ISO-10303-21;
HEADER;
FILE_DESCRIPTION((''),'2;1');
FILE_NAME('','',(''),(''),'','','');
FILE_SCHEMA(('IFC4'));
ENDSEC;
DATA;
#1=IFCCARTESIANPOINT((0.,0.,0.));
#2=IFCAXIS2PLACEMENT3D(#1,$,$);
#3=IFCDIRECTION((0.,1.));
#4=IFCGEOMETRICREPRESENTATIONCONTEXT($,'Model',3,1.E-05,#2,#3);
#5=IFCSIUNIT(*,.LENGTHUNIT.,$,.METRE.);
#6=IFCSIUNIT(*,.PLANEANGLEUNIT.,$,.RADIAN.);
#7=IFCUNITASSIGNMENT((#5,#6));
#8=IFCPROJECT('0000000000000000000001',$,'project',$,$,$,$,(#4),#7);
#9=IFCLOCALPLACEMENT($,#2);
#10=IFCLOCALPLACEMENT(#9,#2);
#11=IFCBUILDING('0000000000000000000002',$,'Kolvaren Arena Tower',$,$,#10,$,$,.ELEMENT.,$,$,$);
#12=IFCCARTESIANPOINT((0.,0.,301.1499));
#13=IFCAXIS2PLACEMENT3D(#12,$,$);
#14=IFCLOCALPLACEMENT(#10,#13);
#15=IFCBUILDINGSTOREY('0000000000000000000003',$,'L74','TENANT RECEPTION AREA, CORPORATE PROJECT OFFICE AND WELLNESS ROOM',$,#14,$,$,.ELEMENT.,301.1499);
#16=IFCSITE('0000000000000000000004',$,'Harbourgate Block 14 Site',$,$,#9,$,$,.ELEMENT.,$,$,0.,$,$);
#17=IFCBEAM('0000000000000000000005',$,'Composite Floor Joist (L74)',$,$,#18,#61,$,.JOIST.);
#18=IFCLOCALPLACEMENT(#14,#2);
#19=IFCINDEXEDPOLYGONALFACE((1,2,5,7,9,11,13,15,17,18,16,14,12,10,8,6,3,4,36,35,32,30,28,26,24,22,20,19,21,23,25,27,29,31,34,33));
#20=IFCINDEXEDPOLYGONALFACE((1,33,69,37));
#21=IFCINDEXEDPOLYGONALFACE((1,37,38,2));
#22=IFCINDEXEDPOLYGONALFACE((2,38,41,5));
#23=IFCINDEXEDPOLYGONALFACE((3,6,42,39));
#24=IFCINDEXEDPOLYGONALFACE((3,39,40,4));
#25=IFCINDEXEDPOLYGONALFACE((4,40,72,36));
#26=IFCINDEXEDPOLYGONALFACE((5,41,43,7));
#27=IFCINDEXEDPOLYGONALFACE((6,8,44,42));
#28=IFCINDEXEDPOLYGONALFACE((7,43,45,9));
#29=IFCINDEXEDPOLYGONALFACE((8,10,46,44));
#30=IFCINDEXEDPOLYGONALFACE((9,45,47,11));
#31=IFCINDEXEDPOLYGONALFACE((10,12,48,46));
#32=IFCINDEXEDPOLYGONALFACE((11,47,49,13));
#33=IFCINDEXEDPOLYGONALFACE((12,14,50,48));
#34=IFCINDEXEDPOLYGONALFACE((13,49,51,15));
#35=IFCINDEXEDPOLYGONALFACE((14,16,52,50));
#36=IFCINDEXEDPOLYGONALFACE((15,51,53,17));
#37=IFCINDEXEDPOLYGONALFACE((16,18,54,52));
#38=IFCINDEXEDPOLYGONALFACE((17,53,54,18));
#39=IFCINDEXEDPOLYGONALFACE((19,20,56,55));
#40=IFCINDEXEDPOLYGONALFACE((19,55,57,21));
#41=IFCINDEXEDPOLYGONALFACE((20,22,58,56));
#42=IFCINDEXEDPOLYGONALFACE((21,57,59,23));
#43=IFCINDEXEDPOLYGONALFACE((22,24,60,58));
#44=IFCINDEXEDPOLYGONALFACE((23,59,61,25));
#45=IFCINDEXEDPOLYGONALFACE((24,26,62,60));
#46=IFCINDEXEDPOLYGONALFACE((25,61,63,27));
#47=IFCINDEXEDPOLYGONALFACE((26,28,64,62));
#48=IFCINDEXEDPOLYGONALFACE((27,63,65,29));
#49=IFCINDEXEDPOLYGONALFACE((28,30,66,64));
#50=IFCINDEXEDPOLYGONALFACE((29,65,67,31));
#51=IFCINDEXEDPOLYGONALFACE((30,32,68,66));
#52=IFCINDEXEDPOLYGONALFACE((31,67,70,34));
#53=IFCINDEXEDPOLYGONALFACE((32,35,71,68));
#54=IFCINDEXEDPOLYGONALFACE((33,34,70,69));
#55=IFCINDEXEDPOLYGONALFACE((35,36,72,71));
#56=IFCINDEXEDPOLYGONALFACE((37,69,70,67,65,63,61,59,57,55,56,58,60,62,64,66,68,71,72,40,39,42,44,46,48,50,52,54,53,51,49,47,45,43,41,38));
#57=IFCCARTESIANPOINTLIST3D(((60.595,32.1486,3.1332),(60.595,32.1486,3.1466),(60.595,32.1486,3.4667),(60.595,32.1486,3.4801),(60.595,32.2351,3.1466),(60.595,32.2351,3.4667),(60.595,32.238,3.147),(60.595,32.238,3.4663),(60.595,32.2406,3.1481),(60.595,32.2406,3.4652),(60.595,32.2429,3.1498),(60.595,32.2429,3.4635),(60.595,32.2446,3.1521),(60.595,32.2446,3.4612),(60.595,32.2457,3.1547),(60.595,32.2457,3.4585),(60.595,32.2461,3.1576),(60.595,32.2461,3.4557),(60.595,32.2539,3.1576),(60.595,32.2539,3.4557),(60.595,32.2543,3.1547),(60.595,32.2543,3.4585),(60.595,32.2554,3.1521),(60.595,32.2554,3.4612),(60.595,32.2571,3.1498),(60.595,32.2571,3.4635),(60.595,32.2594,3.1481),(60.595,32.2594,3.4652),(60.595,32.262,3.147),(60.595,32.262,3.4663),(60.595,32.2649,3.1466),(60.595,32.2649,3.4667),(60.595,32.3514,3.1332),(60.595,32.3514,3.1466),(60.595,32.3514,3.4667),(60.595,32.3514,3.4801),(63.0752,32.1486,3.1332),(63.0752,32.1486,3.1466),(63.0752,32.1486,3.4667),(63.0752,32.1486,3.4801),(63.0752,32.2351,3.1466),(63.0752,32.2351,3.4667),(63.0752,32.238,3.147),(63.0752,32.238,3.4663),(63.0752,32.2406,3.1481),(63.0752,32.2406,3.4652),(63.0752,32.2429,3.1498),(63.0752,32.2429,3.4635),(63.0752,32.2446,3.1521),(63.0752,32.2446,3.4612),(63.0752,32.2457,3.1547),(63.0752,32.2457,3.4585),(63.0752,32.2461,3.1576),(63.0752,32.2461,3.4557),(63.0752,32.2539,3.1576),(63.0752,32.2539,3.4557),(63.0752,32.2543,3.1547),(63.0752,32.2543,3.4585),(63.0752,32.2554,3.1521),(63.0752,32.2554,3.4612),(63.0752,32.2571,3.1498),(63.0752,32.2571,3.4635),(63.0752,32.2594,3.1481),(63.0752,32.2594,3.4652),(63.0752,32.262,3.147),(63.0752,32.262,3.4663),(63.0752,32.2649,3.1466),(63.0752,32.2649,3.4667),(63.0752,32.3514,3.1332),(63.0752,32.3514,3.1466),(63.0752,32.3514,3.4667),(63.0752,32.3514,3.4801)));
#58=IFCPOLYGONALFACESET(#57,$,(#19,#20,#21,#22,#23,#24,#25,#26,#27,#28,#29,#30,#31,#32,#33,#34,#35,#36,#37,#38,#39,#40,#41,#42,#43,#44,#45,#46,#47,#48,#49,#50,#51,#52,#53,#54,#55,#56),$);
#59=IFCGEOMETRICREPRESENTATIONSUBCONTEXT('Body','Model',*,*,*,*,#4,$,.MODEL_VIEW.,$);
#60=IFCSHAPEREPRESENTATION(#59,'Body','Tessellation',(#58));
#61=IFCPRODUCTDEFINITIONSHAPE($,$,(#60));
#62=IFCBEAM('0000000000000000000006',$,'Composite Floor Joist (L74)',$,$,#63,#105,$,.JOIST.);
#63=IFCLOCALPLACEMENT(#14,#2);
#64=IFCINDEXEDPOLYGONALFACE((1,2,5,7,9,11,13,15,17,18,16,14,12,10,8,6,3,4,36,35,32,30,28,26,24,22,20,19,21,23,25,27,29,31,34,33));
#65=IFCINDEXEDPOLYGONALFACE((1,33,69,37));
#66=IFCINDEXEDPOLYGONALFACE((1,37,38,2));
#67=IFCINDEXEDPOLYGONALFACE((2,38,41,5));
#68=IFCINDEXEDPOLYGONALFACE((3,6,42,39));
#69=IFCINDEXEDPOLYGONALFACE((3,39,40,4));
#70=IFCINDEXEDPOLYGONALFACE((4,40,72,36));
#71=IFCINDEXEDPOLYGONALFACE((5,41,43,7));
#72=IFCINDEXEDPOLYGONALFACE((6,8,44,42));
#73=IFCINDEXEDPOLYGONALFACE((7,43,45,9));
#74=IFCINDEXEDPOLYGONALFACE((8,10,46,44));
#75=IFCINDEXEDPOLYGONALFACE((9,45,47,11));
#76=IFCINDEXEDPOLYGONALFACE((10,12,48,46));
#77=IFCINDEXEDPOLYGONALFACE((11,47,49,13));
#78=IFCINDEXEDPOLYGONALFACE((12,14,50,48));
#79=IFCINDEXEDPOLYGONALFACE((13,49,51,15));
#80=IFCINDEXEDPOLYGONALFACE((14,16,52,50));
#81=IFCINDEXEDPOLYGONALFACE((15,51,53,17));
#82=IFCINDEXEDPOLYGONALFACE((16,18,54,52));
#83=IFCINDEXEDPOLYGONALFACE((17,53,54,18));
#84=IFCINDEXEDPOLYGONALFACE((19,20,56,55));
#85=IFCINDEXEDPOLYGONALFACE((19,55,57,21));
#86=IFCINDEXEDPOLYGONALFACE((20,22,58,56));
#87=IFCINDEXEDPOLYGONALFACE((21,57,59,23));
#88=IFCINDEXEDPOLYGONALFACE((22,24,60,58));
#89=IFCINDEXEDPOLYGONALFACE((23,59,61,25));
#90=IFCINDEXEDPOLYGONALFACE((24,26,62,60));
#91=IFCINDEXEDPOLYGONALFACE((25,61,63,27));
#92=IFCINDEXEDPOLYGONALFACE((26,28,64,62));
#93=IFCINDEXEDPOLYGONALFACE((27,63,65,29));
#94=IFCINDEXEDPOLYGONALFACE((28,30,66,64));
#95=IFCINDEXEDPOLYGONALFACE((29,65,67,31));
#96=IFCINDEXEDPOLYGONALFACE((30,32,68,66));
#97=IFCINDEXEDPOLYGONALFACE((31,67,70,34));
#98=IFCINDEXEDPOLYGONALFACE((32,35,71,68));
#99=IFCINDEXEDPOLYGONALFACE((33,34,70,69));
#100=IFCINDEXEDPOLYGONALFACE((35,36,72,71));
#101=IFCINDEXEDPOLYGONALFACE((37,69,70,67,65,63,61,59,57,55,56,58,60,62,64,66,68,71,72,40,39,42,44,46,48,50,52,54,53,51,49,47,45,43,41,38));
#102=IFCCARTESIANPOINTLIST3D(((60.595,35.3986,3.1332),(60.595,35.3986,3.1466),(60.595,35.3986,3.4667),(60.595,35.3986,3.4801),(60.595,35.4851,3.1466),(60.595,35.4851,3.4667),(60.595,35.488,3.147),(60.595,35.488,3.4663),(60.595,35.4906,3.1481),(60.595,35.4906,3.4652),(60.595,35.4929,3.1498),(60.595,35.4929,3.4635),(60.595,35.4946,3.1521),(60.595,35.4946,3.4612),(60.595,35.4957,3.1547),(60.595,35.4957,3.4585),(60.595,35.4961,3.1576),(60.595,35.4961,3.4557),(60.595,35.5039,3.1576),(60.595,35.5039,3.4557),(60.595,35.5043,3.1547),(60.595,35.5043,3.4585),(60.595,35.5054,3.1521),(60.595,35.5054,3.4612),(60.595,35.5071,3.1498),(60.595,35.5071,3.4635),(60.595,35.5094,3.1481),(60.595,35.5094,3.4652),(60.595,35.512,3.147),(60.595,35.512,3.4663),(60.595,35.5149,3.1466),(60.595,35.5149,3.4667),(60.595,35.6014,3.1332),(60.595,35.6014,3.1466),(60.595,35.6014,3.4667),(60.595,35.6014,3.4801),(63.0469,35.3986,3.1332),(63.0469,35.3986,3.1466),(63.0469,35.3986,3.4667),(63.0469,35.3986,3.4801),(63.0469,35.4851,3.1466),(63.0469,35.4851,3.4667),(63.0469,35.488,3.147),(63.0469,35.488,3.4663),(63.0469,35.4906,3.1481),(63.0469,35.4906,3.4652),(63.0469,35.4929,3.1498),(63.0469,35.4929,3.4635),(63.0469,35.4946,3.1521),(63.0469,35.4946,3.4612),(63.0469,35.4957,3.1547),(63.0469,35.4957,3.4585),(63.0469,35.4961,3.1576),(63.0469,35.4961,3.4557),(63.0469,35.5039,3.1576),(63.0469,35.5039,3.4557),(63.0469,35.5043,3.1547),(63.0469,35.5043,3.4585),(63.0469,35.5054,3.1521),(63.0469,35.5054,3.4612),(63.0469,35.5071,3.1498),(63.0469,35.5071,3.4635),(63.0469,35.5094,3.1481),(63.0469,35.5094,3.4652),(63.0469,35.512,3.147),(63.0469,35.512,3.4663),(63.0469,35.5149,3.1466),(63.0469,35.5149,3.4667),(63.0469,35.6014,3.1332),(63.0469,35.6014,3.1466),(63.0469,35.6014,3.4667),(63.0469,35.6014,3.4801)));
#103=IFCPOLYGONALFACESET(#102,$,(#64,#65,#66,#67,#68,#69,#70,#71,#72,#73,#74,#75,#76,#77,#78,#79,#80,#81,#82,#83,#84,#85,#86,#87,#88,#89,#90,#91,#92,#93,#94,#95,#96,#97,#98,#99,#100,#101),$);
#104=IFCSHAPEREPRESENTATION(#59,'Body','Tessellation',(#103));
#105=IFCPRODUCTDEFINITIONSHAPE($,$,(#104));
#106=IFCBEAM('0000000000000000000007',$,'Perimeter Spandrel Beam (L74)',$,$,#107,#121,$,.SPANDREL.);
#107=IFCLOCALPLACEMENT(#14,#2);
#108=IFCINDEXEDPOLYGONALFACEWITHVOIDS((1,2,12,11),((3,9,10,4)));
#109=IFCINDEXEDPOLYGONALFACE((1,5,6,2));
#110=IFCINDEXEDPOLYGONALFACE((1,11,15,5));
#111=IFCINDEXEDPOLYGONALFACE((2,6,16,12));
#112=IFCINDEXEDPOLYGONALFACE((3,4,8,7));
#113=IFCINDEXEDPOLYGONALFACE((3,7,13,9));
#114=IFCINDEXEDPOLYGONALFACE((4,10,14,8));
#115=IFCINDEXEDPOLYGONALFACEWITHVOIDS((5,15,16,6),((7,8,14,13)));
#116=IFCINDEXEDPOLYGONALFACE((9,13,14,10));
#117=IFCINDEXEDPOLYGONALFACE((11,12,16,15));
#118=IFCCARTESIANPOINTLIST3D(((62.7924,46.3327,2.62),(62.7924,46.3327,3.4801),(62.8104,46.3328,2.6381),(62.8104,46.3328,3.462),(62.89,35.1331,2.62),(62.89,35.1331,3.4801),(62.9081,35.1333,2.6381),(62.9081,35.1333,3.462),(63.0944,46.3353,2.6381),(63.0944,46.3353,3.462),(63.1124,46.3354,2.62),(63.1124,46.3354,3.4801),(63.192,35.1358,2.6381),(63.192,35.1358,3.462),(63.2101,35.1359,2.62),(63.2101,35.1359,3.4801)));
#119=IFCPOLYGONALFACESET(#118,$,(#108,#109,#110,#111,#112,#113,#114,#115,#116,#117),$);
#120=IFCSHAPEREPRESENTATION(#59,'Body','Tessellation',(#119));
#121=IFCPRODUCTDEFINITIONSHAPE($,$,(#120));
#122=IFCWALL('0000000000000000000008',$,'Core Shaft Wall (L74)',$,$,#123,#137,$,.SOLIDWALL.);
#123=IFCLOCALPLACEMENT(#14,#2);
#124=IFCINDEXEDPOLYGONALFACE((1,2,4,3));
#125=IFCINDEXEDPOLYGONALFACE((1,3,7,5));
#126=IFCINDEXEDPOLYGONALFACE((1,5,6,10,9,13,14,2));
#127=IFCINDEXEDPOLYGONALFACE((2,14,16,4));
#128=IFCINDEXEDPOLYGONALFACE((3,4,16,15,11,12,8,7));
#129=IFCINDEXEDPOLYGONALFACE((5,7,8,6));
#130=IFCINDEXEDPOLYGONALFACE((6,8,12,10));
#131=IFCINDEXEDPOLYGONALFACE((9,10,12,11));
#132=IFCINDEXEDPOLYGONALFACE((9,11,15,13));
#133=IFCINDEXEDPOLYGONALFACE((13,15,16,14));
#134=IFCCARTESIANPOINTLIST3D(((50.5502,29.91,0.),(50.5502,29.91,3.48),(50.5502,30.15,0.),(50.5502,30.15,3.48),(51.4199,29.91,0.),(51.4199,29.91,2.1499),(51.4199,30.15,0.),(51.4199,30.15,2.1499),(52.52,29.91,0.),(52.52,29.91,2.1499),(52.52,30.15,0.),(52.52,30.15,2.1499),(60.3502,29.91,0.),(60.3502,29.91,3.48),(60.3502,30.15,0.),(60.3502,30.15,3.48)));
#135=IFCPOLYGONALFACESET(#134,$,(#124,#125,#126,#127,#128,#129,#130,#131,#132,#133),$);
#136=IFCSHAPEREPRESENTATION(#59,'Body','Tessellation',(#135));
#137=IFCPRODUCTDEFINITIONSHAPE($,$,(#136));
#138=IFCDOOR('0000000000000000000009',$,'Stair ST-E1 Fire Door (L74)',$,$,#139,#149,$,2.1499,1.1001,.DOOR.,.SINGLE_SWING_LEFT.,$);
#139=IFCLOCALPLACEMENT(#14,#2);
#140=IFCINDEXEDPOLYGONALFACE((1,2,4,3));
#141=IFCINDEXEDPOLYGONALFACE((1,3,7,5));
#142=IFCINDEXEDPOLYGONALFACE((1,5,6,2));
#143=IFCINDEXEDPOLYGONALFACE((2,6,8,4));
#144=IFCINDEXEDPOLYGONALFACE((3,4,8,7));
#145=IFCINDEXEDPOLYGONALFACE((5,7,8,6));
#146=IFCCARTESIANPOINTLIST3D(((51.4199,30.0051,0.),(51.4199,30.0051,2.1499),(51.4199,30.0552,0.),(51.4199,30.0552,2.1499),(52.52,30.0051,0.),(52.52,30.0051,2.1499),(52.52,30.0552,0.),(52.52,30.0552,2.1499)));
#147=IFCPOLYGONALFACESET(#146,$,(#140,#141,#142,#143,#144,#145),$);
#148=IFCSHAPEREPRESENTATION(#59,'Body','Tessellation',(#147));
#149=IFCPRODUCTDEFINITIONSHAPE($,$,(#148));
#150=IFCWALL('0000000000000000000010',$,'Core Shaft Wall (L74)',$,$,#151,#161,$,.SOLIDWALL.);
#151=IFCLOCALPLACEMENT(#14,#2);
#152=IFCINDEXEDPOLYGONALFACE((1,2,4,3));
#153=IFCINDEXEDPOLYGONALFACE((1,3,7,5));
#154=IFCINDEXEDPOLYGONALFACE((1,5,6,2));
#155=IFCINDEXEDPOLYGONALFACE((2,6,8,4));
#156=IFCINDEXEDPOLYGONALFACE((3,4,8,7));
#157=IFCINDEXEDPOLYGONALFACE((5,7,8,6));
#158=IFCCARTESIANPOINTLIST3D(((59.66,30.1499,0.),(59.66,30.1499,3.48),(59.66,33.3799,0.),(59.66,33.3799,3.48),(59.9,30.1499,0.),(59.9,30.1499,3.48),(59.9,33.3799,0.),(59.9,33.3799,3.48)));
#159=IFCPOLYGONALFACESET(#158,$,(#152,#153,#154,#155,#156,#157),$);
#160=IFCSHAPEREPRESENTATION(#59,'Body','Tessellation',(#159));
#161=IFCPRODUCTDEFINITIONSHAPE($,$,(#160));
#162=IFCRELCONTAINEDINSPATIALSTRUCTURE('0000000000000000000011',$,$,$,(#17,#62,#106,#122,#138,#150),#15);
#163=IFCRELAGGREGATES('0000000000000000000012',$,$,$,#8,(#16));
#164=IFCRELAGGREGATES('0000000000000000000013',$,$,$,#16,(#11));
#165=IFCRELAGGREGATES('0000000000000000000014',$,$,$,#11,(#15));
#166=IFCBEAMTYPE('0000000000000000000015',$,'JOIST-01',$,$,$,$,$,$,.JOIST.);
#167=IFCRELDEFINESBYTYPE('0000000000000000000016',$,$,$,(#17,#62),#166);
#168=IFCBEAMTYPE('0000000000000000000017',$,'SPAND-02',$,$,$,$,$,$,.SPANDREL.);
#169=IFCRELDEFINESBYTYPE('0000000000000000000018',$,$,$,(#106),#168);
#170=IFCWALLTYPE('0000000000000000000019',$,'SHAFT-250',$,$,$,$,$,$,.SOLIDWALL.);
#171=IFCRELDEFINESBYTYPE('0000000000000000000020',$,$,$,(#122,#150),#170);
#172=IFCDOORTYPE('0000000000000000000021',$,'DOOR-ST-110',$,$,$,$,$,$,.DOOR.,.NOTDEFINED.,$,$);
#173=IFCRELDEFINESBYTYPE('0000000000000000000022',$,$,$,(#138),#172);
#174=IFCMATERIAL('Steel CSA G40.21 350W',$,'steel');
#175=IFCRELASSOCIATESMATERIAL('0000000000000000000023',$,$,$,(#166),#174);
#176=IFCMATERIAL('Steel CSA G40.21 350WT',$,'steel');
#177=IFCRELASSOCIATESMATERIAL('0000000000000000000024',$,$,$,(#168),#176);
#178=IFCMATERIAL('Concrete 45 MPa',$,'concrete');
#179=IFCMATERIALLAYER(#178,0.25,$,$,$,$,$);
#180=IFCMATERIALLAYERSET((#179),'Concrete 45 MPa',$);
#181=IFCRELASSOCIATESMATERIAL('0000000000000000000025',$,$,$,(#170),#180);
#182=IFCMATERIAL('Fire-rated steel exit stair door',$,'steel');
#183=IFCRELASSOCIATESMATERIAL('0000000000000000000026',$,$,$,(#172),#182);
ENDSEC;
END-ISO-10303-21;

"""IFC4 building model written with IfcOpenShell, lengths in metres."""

from ifc_helpers import new_model, si_unit, direction, frame, frame_2d, origin, origin_2d, place, context, subcontext, project, spatial, rectangle, hollow_rectangle, i_section, extrude, material, layer, layer_set, material_profile, profile_set, type_object, element, fill, save


model = new_model("IFC4")

# Units and contexts
model_context = context("Model", 3, precision=1e-05, world=origin(), true_north=direction((0.0, 1.0)))
body_context = subcontext(model_context, "Body", "Model", "MODEL_VIEW")
ifc_project = project(units=[si_unit("LENGTHUNIT", "METRE"), si_unit("PLANEANGLEUNIT", "RADIAN")], contexts=[model_context])

# Site, building, storey
site_placement = place(None, origin())
site = spatial("IfcSite", under=ifc_project, at=site_placement, Name="Harbourgate Block 14 Site", CompositionType="ELEMENT", RefElevation=0.0)
building_placement = place(site_placement, origin())
building = spatial("IfcBuilding", under=site, at=building_placement, Name="Kolvaren Arena Tower", CompositionType="ELEMENT")
storey_placement = place(building_placement, frame((0.0, 0.0, 301.1499)))
storey = spatial("IfcBuildingStorey", under=building, at=storey_placement, Name="L74", Description="TENANT RECEPTION AREA, CORPORATE PROJECT OFFICE AND WELLNESS ROOM", CompositionType="ELEMENT", Elevation=301.1499)

# Beams
ifc_material_1 = material(Name="Steel CSA G40.21 350W", Category="steel")
ifc_material_profile_1 = material_profile(ifc_material_1, i_section(OverallWidth=0.2029, OverallDepth=0.3469, WebThickness=0.0078, FlangeThickness=0.0134, FilletRadius=0.011, at=origin_2d()), Name="W360x64")
ifc_profile_set_1 = profile_set([ifc_material_profile_1], Name="Steel CSA G40.21 350W")
beam_type_1 = type_object("IfcBeamType", Name="JOIST-01", PredefinedType="JOIST", material=ifc_profile_set_1)
beam_1_placement = place(storey_placement, frame((60.595, 32.25, 3.3066), z_axis=(1.0, 0.0, 0.0), x_axis=(0.0, 1.0, 0.0)))
element("IfcBeam", 1, at=beam_1_placement, inside=storey, type_object=beam_type_1, Name="Composite Floor Joist (L74)", PredefinedType="JOIST", context=body_context, shape_type="SweptSolid", body=[
    extrude(i_section(OverallWidth=0.2029, OverallDepth=0.3469, WebThickness=0.0078, FlangeThickness=0.0134, FilletRadius=0.011, at=origin_2d()), origin(), (0.0, 0.0, 1.0), 2.4802),
])
beam_2_placement = place(storey_placement, frame((60.595, 35.5, 3.3066), z_axis=(1.0, 0.0, 0.0), x_axis=(0.0, 1.0, 0.0)))
element("IfcBeam", 2, at=beam_2_placement, inside=storey, type_object=beam_type_1, Name="Composite Floor Joist (L74)", PredefinedType="JOIST", context=body_context, shape_type="SweptSolid", body=[
    extrude(i_section(OverallWidth=0.2029, OverallDepth=0.3469, WebThickness=0.0078, FlangeThickness=0.0134, FilletRadius=0.011, at=origin_2d()), origin(), (0.0, 0.0, 1.0), 2.4519),
])
ifc_material_2 = material(Name="Steel CSA G40.21 350WT", Category="steel")
ifc_material_profile_2 = material_profile(ifc_material_2, hollow_rectangle(XDim=0.3201, YDim=0.8601, WallThickness=0.0181, at=origin_2d()), Name="HSS 860x320x18")
ifc_profile_set_2 = profile_set([ifc_material_profile_2], Name="Steel CSA G40.21 350WT")
beam_type_2 = type_object("IfcBeamType", Name="SPAND-02", PredefinedType="SPANDREL", material=ifc_profile_set_2)
beam_3_placement = place(storey_placement, frame((63.05, 35.1345, 3.05), z_axis=(-0.008719, 0.999962, 0.0), x_axis=(-0.999962, -0.008719, 0.0)))
element("IfcBeam", 3, at=beam_3_placement, inside=storey, type_object=beam_type_2, Name="Perimeter Spandrel Beam (L74)", PredefinedType="SPANDREL", context=body_context, shape_type="SweptSolid", body=[
    extrude(hollow_rectangle(XDim=0.3201, YDim=0.8601, WallThickness=0.0181, at=origin_2d()), origin(), (0.0, 0.0, 1.0), 11.2),
])

# Wall, opening, door
ifc_material_3 = material(Name="Concrete 45 MPa", Category="concrete")
ifc_layer = layer(ifc_material_3, 0.25)
ifc_layer_set = layer_set([ifc_layer], Name="Concrete 45 MPa")
wall_type = type_object("IfcWallType", Name="SHAFT-250", PredefinedType="SOLIDWALL", material=ifc_layer_set)
wall_1_placement = place(storey_placement, frame((60.3501, 30.03, 0.0), z_axis=(0.0, 0.0, 1.0), x_axis=(-1.0, 0.0, 0.0)))
wall_1 = element("IfcWall", 4, at=wall_1_placement, inside=storey, type_object=wall_type, Name="Core Shaft Wall (L74)", PredefinedType="SOLIDWALL", context=body_context, shape_type="SweptSolid", body=[
    extrude(rectangle(XDim=9.8, YDim=0.24, at=frame_2d((4.8999, 0.0))), origin(), (0.0, 0.0, 1.0), 3.48),
])
opening_1_placement = place(wall_1_placement, frame((7.8301, 0.0, 0.0)))
opening_1 = element("IfcOpeningElement", 5, at=opening_1_placement, cuts=wall_1, PredefinedType="OPENING", context=body_context, shape_type="SweptSolid", body=[
    extrude(rectangle(XDim=1.1001, YDim=2.1499, at=frame_2d((0.55, 1.075))), frame((0.0, 0.1299, 0.0), z_axis=(0.0, -1.0, 0.0), x_axis=(1.0, 0.0, 0.0)), (0.0, 0.0, 1.0), 0.26),
])
ifc_material_4 = material(Name="Fire-rated steel exit stair door", Category="steel")
door_type = type_object("IfcDoorType", Name="DOOR-ST-110", OperationType="NOTDEFINED", PredefinedType="DOOR", material=ifc_material_4)
door_1_placement = place(opening_1_placement, origin())
door_1 = element("IfcDoor", 6, at=door_1_placement, inside=storey, type_object=door_type, Name="Stair ST-E1 Fire Door (L74)", OperationType="SINGLE_SWING_LEFT", OverallHeight=2.1499, OverallWidth=1.1001, PredefinedType="DOOR", context=body_context, shape_type="SweptSolid", body=[
    extrude(rectangle(XDim=1.1001, YDim=2.1499, at=frame_2d((0.55, 1.075))), frame((0.0, 0.0249, 0.0), z_axis=(0.0, -1.0, 0.0), x_axis=(1.0, 0.0, 0.0)), (0.0, 0.0, 1.0), 0.05),
])
fill(opening_1, door_1)

# Wall
wall_2_placement = place(storey_placement, frame((59.78, 30.1499, 0.0), z_axis=(0.0, 0.0, 1.0), x_axis=(0.0, 1.0, 0.0)))
element("IfcWall", 7, at=wall_2_placement, inside=storey, type_object=wall_type, Name="Core Shaft Wall (L74)", PredefinedType="SOLIDWALL", context=body_context, shape_type="SweptSolid", body=[
    extrude(rectangle(XDim=3.23, YDim=0.24, at=frame_2d((1.615, 0.0))), origin(), (0.0, 0.0, 1.0), 3.48),
])

save(model, "model.ifc")
